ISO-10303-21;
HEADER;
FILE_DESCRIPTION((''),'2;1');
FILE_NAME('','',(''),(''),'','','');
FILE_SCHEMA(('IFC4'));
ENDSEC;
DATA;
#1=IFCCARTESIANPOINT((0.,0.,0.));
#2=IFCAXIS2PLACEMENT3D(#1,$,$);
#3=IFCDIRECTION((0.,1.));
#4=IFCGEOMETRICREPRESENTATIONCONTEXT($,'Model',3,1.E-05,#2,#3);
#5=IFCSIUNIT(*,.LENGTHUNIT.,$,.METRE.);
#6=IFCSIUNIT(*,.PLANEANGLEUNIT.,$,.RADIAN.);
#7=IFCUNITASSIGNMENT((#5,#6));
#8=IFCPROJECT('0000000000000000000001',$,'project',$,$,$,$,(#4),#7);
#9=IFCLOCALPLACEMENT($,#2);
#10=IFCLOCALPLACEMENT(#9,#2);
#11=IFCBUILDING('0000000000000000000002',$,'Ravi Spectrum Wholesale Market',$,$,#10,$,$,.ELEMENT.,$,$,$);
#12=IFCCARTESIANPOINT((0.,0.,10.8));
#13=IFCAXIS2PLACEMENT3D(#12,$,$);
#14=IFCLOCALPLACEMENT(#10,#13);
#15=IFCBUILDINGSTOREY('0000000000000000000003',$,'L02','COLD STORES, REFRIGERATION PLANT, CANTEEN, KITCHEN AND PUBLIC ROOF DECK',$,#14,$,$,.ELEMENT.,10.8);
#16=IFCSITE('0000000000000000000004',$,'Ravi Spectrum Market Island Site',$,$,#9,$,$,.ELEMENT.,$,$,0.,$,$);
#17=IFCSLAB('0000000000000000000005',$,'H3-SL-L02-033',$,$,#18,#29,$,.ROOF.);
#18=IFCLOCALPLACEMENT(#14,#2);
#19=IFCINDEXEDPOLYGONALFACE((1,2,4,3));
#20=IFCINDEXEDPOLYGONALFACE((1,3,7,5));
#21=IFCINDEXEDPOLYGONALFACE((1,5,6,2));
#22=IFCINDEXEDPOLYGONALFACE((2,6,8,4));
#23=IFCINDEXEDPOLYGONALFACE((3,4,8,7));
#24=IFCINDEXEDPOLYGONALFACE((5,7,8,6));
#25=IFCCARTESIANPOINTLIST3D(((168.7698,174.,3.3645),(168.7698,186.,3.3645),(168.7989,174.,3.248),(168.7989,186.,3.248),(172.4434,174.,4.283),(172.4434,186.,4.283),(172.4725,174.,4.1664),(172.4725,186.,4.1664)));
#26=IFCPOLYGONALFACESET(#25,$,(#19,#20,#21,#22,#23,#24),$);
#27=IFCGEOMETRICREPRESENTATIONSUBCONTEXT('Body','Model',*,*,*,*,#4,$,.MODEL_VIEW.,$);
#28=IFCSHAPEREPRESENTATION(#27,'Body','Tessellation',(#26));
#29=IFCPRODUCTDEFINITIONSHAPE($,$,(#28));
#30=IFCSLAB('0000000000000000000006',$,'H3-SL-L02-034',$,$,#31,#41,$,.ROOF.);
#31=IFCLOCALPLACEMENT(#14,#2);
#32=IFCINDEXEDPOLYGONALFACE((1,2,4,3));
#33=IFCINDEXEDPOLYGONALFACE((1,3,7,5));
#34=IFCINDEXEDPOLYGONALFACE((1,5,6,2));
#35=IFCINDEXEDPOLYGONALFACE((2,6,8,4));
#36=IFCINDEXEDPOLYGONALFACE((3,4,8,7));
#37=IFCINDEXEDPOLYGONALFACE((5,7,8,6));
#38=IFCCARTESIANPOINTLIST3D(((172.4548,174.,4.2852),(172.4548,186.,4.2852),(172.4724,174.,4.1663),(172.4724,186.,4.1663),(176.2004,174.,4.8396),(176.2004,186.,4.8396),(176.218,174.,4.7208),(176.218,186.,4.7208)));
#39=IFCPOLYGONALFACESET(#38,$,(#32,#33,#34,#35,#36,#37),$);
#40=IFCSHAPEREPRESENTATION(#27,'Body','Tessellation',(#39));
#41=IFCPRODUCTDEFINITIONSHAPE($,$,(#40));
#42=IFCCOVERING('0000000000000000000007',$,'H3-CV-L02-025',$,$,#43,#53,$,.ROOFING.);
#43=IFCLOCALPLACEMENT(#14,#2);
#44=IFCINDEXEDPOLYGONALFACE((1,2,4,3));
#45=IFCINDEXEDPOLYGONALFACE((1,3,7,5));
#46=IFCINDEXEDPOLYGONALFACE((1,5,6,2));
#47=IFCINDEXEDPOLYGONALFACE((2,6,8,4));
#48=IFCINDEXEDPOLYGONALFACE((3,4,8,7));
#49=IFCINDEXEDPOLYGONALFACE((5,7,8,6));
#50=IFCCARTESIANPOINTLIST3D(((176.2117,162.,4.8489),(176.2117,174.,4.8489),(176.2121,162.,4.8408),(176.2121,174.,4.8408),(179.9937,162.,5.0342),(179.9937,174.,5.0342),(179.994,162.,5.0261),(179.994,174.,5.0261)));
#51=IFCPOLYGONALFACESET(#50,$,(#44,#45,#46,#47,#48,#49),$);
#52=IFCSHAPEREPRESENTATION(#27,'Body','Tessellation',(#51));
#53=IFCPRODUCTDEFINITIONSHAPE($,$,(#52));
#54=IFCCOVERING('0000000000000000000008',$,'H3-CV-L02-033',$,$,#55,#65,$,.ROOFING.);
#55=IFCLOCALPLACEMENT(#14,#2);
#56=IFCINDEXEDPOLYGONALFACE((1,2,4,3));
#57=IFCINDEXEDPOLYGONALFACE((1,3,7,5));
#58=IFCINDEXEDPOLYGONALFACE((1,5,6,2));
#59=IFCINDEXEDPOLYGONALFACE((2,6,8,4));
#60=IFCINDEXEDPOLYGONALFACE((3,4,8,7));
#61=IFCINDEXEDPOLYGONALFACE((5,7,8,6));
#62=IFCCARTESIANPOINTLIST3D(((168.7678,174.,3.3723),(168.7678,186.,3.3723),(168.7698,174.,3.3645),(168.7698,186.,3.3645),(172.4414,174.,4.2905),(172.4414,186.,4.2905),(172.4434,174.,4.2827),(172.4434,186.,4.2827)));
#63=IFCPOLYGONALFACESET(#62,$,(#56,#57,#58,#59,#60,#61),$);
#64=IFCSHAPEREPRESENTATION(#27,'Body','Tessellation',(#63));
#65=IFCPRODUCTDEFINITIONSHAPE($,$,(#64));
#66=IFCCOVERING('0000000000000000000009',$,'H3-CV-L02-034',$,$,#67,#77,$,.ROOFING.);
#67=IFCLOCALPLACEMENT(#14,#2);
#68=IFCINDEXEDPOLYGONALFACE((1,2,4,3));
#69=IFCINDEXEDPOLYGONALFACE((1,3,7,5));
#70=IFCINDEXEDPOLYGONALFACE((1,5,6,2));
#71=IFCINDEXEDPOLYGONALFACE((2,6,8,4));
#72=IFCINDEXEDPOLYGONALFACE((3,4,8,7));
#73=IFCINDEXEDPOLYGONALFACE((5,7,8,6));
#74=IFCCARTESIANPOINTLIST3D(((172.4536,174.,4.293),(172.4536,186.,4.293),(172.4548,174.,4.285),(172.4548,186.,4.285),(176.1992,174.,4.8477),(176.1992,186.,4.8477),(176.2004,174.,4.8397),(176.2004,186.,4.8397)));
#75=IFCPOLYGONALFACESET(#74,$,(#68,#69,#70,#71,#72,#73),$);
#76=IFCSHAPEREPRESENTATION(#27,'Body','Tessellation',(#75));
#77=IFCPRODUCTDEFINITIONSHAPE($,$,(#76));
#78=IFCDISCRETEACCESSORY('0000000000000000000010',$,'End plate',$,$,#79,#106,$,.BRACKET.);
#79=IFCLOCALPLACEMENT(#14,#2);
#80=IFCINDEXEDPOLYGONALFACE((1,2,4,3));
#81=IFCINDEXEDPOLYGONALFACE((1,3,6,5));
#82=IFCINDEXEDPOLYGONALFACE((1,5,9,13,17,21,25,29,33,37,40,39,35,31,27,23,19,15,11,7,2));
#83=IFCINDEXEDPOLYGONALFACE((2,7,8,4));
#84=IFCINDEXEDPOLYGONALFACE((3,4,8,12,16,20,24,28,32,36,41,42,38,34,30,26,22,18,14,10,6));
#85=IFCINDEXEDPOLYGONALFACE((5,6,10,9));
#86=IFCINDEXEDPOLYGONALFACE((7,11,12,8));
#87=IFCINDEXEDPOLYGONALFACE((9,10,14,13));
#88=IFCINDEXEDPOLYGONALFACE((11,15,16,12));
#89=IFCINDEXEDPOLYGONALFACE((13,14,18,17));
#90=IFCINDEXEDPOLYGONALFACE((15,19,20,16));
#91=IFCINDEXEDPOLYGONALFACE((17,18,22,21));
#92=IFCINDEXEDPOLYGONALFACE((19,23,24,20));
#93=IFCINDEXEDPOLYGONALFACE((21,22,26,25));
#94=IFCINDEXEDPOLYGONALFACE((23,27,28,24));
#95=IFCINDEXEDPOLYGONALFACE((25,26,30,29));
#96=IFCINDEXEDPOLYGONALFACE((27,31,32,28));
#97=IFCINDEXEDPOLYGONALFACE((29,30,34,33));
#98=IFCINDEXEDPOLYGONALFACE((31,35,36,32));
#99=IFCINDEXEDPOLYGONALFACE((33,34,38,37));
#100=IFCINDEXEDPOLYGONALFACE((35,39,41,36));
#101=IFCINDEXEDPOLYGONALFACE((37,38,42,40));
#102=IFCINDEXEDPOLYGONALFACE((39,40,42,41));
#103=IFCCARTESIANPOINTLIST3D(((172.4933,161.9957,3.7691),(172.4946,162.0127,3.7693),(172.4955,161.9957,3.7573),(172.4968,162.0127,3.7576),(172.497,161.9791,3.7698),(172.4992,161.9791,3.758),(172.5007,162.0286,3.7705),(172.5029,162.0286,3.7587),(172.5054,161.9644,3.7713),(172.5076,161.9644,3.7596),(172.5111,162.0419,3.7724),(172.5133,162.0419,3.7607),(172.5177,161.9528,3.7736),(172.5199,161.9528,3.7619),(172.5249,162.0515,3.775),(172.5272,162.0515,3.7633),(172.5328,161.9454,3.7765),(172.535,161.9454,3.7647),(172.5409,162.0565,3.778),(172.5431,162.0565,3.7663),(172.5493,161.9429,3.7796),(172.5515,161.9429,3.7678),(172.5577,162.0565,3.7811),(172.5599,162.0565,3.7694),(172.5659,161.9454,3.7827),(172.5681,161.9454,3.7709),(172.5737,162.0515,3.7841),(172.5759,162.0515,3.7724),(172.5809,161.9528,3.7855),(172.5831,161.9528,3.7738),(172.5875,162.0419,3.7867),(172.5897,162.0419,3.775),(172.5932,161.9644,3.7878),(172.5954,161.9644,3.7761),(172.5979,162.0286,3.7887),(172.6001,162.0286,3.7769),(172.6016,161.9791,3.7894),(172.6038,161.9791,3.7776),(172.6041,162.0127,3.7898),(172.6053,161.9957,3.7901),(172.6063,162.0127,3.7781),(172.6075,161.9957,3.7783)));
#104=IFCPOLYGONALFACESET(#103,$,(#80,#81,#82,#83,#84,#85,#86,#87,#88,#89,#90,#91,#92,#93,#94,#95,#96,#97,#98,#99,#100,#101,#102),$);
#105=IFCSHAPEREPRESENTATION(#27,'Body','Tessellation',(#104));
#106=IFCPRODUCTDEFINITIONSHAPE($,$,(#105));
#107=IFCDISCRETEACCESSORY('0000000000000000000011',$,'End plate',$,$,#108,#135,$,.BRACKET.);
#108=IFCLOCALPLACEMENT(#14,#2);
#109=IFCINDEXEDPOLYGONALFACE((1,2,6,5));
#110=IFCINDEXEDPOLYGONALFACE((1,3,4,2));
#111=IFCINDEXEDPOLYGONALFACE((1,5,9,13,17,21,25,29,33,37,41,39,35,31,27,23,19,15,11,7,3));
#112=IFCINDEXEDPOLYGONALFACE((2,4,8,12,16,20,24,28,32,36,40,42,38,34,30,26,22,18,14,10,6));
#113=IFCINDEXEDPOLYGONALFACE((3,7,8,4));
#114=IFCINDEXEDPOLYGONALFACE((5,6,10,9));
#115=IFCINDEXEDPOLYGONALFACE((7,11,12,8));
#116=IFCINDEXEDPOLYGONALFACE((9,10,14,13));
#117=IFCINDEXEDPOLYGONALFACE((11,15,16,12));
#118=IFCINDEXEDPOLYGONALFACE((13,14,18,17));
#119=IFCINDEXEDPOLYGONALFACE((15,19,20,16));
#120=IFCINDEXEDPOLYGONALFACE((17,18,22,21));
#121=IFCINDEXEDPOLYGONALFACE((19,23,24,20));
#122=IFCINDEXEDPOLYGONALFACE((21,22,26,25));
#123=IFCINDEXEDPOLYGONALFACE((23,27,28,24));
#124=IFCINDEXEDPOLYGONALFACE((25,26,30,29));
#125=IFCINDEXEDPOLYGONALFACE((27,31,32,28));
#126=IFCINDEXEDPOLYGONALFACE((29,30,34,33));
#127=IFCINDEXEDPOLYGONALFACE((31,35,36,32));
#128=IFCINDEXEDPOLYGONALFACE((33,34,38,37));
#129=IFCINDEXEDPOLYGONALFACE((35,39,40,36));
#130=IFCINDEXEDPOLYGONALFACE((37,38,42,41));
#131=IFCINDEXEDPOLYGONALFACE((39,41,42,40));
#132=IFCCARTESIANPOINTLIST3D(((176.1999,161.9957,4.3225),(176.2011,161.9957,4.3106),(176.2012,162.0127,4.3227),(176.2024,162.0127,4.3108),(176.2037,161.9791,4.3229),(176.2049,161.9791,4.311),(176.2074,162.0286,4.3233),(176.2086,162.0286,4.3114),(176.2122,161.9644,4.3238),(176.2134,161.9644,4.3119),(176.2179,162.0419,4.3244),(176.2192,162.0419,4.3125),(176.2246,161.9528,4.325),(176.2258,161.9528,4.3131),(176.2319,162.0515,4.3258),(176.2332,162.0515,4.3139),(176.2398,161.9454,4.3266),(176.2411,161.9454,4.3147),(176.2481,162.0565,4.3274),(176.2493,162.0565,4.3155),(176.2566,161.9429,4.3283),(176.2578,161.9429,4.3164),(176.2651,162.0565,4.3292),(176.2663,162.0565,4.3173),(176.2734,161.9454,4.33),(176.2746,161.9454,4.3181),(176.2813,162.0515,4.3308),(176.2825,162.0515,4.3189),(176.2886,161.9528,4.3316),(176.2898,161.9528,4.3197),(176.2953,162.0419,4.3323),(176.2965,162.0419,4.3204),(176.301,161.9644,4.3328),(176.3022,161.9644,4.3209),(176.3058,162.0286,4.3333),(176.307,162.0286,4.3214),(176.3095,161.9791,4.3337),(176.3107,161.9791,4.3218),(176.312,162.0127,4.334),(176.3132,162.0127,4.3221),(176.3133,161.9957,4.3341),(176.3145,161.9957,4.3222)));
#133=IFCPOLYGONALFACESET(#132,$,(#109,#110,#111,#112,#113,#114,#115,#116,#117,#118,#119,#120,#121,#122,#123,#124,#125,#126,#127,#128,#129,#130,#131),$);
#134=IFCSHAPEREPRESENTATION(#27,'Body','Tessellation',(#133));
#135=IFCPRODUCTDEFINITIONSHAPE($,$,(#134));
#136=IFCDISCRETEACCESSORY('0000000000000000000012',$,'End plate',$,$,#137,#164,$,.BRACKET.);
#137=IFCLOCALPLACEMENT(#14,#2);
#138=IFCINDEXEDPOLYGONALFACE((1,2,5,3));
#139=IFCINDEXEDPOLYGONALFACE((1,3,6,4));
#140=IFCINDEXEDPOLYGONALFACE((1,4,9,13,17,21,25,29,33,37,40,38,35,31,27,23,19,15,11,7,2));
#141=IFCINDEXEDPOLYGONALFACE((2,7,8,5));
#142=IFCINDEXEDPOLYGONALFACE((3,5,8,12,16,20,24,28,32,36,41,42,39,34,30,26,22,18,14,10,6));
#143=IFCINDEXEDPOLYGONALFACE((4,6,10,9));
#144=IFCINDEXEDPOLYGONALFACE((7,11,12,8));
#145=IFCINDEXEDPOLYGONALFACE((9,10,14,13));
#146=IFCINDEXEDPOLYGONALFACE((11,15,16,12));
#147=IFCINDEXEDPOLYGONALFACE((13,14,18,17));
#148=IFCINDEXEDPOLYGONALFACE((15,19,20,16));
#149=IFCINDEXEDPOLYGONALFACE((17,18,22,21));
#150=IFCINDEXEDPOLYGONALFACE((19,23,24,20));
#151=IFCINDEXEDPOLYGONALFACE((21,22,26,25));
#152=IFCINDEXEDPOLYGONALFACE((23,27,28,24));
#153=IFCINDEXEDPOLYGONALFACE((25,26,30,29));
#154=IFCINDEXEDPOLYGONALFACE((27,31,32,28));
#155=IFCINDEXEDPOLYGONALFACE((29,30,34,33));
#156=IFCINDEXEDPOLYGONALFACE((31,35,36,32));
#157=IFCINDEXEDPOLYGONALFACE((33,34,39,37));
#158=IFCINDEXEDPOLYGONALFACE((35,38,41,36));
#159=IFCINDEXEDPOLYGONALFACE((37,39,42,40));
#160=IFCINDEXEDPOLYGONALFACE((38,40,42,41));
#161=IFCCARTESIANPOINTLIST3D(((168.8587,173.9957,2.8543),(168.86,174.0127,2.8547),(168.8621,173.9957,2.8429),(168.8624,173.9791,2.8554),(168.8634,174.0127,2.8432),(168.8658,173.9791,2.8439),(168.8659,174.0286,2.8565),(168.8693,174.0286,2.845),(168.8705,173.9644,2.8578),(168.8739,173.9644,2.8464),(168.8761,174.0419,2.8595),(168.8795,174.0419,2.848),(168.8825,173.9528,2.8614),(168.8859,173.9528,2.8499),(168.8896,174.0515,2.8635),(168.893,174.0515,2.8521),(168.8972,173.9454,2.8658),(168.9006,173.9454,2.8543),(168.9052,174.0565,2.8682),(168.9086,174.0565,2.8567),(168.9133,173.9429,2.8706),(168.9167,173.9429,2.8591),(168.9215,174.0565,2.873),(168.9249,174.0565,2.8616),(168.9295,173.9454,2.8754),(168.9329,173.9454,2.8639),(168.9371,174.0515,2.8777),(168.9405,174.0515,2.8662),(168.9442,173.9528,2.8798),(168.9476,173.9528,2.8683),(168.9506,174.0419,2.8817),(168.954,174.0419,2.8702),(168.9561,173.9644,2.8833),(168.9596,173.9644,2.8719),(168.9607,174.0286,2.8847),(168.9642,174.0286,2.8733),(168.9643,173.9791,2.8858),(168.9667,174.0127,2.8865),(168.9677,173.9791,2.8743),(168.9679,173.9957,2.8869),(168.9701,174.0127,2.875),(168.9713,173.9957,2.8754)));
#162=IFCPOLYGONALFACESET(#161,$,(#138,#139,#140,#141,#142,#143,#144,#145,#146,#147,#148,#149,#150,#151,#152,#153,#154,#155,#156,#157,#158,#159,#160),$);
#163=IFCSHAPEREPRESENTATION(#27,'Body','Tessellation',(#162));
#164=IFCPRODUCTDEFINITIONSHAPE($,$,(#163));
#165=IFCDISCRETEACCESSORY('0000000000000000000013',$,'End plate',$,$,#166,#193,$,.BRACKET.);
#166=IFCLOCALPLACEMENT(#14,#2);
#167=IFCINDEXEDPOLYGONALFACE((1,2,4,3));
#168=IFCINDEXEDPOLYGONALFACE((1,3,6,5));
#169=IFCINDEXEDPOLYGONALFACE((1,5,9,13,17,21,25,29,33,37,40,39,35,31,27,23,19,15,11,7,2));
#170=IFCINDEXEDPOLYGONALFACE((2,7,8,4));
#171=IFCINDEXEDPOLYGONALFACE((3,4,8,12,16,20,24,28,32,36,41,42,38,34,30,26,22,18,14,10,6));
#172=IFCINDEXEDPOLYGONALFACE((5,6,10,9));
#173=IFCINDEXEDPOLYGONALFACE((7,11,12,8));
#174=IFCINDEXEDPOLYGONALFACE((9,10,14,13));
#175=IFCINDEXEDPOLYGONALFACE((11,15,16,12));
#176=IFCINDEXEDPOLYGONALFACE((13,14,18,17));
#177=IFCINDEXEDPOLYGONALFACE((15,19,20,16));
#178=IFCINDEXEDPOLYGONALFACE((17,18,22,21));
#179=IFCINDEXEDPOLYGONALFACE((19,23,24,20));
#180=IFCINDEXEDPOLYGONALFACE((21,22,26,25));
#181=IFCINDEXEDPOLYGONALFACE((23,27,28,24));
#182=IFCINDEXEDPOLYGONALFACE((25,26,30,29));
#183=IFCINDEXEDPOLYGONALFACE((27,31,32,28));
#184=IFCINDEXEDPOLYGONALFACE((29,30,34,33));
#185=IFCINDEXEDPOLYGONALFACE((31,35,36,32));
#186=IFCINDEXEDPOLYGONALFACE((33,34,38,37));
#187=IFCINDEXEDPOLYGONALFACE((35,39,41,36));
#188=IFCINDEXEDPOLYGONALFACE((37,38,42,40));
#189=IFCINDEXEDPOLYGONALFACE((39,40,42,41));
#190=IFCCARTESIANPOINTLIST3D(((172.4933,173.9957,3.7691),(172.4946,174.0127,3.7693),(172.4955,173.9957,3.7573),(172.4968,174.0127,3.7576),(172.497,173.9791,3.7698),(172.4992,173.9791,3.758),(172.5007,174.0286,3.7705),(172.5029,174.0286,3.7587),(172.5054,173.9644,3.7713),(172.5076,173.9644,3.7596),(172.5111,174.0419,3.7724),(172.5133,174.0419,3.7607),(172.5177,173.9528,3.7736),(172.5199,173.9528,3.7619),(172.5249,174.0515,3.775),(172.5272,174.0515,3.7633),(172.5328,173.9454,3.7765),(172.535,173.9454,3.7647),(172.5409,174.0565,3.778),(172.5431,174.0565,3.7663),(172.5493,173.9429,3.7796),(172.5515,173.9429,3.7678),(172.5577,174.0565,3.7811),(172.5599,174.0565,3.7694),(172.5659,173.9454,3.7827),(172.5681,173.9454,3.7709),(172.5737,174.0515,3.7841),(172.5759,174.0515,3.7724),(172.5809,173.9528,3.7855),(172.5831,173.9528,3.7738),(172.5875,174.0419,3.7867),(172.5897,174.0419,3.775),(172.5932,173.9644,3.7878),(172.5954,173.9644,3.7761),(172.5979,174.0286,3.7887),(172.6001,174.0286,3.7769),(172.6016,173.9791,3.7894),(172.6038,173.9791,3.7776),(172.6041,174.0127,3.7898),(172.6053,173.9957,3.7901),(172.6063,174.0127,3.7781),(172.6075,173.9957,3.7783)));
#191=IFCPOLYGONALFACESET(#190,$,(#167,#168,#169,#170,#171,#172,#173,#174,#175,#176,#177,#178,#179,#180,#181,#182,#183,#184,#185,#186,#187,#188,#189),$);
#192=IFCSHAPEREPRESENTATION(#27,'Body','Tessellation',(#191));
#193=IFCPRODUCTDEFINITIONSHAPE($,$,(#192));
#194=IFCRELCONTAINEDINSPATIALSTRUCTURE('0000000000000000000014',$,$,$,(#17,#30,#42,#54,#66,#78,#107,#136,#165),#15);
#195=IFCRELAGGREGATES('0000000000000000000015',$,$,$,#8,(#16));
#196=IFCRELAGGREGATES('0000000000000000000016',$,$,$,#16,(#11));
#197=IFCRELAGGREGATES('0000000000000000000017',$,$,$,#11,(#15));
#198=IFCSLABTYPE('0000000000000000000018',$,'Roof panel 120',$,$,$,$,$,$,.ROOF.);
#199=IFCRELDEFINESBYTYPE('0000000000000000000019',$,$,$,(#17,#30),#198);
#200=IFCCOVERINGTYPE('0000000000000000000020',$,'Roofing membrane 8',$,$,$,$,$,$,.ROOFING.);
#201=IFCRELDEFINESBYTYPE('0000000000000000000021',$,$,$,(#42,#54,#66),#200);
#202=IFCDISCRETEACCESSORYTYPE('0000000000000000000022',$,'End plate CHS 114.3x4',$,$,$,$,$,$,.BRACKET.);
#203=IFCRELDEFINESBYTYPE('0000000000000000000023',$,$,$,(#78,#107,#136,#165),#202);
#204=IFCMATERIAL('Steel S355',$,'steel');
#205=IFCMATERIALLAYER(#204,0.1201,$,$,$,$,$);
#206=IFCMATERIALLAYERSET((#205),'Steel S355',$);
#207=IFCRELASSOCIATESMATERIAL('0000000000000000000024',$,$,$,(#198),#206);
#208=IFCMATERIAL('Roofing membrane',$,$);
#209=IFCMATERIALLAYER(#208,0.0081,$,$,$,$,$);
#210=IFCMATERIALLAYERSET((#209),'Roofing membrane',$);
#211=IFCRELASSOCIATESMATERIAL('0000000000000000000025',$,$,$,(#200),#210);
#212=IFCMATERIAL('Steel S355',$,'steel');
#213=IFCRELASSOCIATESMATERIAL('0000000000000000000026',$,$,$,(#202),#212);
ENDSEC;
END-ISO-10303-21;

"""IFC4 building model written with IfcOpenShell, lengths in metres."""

from ifc_helpers import new_model, si_unit, direction, frame, origin, origin_2d, place, context, subcontext, project, spatial, polyline, circle, outline, extrude, material, layer, layer_set, material_profile, profile_set, type_object, element, save


model = new_model("IFC4")

# Units and contexts
model_context = context("Model", 3, precision=1e-05, world=origin(), true_north=direction((0.0, 1.0)))
body_context = subcontext(model_context, "Body", "Model", "MODEL_VIEW")
ifc_project = project(units=[si_unit("LENGTHUNIT", "METRE"), si_unit("PLANEANGLEUNIT", "RADIAN")], contexts=[model_context])

# Site, building, storey
site_placement = place(None, origin())
site = spatial("IfcSite", under=ifc_project, at=site_placement, Name="Ravi Spectrum Market Island Site", CompositionType="ELEMENT", RefElevation=0.0)
building_placement = place(site_placement, origin())
building = spatial("IfcBuilding", under=site, at=building_placement, Name="Ravi Spectrum Wholesale Market", CompositionType="ELEMENT")
storey_placement = place(building_placement, frame((0.0, 0.0, 10.8)))
storey = spatial("IfcBuildingStorey", under=building, at=storey_placement, Name="L02", Description="COLD STORES, REFRIGERATION PLANT, CANTEEN, KITCHEN AND PUBLIC ROOF DECK", CompositionType="ELEMENT", Elevation=10.8)

# Slabs
ifc_material_1 = material(Name="Steel S355", Category="steel")
ifc_layer_1 = layer(ifc_material_1, 0.1201)
ifc_layer_set_1 = layer_set([ifc_layer_1], Name="Steel S355")
slab_type = type_object("IfcSlabType", Name="Roof panel 120", PredefinedType="ROOF", material=ifc_layer_set_1)
slab_1_placement = place(storey_placement, frame((168.7698, 174.0, 3.3645), z_axis=(-0.242551, 0.0, 0.970139), x_axis=(0.970139, 0.0, 0.242551)))
element("IfcSlab", 1, at=slab_1_placement, inside=storey, type_object=slab_type, Name="H3-SL-L02-033", PredefinedType="ROOF", context=body_context, shape_type="SweptSolid", body=[
    extrude(outline(polyline([(0.0, 0.0), (3.7867, 0.0), (3.7867, 12.0), (0.0, 12.0), (0.0, 0.0)])), origin(), (0.0, 0.0, -1.0), 0.1201),
])
slab_2_placement = place(storey_placement, frame((172.4548, 174.0, 4.2852), z_axis=(-0.146429, 0.0, 0.989221), x_axis=(0.989221, 0.0, 0.146429)))
element("IfcSlab", 2, at=slab_2_placement, inside=storey, type_object=slab_type, Name="H3-SL-L02-034", PredefinedType="ROOF", context=body_context, shape_type="SweptSolid", body=[
    extrude(outline(polyline([(0.0, 0.0), (3.7864, 0.0), (3.7864, 12.0), (0.0, 12.0), (0.0, 0.0)])), origin(), (0.0, 0.0, -1.0), 0.1201),
])

# Coverings
ifc_material_2 = material(Name="Roofing membrane")
ifc_layer_2 = layer(ifc_material_2, 0.0081)
ifc_layer_set_2 = layer_set([ifc_layer_2], Name="Roofing membrane")
covering_type = type_object("IfcCoveringType", Name="Roofing membrane 8", PredefinedType="ROOFING", material=ifc_layer_set_2)
covering_1_placement = place(storey_placement, frame((176.2117, 162.0, 4.8489), z_axis=(-0.048937, 0.0, 0.998802), x_axis=(0.998802, 0.0, 0.048937)))
element("IfcCovering", 3, at=covering_1_placement, inside=storey, type_object=covering_type, Name="H3-CV-L02-025", PredefinedType="ROOFING", context=body_context, shape_type="SweptSolid", body=[
    extrude(outline(polyline([(0.0, 0.0), (3.7865, 0.0), (3.7865, 12.0), (0.0, 12.0), (0.0, 0.0)])), origin(), (0.0, 0.0, -1.0), 0.0081),
])
covering_2_placement = place(storey_placement, frame((168.7678, 174.0, 3.3723), z_axis=(-0.24249, 0.0, 0.970154), x_axis=(0.970154, 0.0, 0.24249)))
element("IfcCovering", 4, at=covering_2_placement, inside=storey, type_object=covering_type, Name="H3-CV-L02-033", PredefinedType="ROOFING", context=body_context, shape_type="SweptSolid", body=[
    extrude(outline(polyline([(0.0, 0.0), (3.7866, 0.0), (3.7866, 12.0), (0.0, 12.0), (0.0, 0.0)])), origin(), (0.0, 0.0, -1.0), 0.0081),
])
covering_3_placement = place(storey_placement, frame((172.4536, 174.0, 4.293), z_axis=(-0.146493, 0.0, 0.989212), x_axis=(0.989212, 0.0, 0.146493)))
element("IfcCovering", 5, at=covering_3_placement, inside=storey, type_object=covering_type, Name="H3-CV-L02-034", PredefinedType="ROOFING", context=body_context, shape_type="SweptSolid", body=[
    extrude(outline(polyline([(0.0, 0.0), (3.7865, 0.0), (3.7865, 12.0), (0.0, 12.0), (0.0, 0.0)])), origin(), (0.0, 0.0, -1.0), 0.0081),
])

# Discrete accessories
ifc_material_3 = material(Name="Steel S355", Category="steel")
ifc_material_profile_1 = material_profile(ifc_material_3, circle(Radius=0.0571, at=origin_2d()))
ifc_profile_set_1 = profile_set([ifc_material_profile_1], Name="Steel S355")
discrete_accessory_type_1 = type_object("IfcDiscreteAccessoryType", Name="End plate CHS 114.3x4", PredefinedType="BRACKET", material=ifc_profile_set_1)
for number, where, z_axis, x_axis, name in (
    (6, (172.5515, 162.0, 3.7678), (-0.184289, 0.0, 0.982872), (0.0, -1.0, 0.0), "End plate"),
    (7, (176.2578, 162.0, 4.3164), (-0.101514, 0.0, 0.994834), (0.0, -1.0, 0.0), "End plate"),
    (8, (168.9167, 174.0, 2.8591), (-0.285477, 0.0, 0.958386), (0.0, -1.0, 0.0), "End plate"),
    (9, (172.5515, 174.0, 3.7678), (-0.184289, 0.0, 0.982872), (0.0, -1.0, 0.0), "End plate"),
):
    element("IfcDiscreteAccessory", number, at=place(storey_placement, frame(where, z_axis=z_axis, x_axis=x_axis)), inside=storey, type_object=discrete_accessory_type_1, Name=name, PredefinedType="BRACKET", context=body_context, shape_type="SweptSolid", body=[
        extrude(circle(Radius=0.0571, at=origin_2d()), origin(), (0.0, 0.0, 1.0), 0.012),
    ])

save(model, "model.ifc")
